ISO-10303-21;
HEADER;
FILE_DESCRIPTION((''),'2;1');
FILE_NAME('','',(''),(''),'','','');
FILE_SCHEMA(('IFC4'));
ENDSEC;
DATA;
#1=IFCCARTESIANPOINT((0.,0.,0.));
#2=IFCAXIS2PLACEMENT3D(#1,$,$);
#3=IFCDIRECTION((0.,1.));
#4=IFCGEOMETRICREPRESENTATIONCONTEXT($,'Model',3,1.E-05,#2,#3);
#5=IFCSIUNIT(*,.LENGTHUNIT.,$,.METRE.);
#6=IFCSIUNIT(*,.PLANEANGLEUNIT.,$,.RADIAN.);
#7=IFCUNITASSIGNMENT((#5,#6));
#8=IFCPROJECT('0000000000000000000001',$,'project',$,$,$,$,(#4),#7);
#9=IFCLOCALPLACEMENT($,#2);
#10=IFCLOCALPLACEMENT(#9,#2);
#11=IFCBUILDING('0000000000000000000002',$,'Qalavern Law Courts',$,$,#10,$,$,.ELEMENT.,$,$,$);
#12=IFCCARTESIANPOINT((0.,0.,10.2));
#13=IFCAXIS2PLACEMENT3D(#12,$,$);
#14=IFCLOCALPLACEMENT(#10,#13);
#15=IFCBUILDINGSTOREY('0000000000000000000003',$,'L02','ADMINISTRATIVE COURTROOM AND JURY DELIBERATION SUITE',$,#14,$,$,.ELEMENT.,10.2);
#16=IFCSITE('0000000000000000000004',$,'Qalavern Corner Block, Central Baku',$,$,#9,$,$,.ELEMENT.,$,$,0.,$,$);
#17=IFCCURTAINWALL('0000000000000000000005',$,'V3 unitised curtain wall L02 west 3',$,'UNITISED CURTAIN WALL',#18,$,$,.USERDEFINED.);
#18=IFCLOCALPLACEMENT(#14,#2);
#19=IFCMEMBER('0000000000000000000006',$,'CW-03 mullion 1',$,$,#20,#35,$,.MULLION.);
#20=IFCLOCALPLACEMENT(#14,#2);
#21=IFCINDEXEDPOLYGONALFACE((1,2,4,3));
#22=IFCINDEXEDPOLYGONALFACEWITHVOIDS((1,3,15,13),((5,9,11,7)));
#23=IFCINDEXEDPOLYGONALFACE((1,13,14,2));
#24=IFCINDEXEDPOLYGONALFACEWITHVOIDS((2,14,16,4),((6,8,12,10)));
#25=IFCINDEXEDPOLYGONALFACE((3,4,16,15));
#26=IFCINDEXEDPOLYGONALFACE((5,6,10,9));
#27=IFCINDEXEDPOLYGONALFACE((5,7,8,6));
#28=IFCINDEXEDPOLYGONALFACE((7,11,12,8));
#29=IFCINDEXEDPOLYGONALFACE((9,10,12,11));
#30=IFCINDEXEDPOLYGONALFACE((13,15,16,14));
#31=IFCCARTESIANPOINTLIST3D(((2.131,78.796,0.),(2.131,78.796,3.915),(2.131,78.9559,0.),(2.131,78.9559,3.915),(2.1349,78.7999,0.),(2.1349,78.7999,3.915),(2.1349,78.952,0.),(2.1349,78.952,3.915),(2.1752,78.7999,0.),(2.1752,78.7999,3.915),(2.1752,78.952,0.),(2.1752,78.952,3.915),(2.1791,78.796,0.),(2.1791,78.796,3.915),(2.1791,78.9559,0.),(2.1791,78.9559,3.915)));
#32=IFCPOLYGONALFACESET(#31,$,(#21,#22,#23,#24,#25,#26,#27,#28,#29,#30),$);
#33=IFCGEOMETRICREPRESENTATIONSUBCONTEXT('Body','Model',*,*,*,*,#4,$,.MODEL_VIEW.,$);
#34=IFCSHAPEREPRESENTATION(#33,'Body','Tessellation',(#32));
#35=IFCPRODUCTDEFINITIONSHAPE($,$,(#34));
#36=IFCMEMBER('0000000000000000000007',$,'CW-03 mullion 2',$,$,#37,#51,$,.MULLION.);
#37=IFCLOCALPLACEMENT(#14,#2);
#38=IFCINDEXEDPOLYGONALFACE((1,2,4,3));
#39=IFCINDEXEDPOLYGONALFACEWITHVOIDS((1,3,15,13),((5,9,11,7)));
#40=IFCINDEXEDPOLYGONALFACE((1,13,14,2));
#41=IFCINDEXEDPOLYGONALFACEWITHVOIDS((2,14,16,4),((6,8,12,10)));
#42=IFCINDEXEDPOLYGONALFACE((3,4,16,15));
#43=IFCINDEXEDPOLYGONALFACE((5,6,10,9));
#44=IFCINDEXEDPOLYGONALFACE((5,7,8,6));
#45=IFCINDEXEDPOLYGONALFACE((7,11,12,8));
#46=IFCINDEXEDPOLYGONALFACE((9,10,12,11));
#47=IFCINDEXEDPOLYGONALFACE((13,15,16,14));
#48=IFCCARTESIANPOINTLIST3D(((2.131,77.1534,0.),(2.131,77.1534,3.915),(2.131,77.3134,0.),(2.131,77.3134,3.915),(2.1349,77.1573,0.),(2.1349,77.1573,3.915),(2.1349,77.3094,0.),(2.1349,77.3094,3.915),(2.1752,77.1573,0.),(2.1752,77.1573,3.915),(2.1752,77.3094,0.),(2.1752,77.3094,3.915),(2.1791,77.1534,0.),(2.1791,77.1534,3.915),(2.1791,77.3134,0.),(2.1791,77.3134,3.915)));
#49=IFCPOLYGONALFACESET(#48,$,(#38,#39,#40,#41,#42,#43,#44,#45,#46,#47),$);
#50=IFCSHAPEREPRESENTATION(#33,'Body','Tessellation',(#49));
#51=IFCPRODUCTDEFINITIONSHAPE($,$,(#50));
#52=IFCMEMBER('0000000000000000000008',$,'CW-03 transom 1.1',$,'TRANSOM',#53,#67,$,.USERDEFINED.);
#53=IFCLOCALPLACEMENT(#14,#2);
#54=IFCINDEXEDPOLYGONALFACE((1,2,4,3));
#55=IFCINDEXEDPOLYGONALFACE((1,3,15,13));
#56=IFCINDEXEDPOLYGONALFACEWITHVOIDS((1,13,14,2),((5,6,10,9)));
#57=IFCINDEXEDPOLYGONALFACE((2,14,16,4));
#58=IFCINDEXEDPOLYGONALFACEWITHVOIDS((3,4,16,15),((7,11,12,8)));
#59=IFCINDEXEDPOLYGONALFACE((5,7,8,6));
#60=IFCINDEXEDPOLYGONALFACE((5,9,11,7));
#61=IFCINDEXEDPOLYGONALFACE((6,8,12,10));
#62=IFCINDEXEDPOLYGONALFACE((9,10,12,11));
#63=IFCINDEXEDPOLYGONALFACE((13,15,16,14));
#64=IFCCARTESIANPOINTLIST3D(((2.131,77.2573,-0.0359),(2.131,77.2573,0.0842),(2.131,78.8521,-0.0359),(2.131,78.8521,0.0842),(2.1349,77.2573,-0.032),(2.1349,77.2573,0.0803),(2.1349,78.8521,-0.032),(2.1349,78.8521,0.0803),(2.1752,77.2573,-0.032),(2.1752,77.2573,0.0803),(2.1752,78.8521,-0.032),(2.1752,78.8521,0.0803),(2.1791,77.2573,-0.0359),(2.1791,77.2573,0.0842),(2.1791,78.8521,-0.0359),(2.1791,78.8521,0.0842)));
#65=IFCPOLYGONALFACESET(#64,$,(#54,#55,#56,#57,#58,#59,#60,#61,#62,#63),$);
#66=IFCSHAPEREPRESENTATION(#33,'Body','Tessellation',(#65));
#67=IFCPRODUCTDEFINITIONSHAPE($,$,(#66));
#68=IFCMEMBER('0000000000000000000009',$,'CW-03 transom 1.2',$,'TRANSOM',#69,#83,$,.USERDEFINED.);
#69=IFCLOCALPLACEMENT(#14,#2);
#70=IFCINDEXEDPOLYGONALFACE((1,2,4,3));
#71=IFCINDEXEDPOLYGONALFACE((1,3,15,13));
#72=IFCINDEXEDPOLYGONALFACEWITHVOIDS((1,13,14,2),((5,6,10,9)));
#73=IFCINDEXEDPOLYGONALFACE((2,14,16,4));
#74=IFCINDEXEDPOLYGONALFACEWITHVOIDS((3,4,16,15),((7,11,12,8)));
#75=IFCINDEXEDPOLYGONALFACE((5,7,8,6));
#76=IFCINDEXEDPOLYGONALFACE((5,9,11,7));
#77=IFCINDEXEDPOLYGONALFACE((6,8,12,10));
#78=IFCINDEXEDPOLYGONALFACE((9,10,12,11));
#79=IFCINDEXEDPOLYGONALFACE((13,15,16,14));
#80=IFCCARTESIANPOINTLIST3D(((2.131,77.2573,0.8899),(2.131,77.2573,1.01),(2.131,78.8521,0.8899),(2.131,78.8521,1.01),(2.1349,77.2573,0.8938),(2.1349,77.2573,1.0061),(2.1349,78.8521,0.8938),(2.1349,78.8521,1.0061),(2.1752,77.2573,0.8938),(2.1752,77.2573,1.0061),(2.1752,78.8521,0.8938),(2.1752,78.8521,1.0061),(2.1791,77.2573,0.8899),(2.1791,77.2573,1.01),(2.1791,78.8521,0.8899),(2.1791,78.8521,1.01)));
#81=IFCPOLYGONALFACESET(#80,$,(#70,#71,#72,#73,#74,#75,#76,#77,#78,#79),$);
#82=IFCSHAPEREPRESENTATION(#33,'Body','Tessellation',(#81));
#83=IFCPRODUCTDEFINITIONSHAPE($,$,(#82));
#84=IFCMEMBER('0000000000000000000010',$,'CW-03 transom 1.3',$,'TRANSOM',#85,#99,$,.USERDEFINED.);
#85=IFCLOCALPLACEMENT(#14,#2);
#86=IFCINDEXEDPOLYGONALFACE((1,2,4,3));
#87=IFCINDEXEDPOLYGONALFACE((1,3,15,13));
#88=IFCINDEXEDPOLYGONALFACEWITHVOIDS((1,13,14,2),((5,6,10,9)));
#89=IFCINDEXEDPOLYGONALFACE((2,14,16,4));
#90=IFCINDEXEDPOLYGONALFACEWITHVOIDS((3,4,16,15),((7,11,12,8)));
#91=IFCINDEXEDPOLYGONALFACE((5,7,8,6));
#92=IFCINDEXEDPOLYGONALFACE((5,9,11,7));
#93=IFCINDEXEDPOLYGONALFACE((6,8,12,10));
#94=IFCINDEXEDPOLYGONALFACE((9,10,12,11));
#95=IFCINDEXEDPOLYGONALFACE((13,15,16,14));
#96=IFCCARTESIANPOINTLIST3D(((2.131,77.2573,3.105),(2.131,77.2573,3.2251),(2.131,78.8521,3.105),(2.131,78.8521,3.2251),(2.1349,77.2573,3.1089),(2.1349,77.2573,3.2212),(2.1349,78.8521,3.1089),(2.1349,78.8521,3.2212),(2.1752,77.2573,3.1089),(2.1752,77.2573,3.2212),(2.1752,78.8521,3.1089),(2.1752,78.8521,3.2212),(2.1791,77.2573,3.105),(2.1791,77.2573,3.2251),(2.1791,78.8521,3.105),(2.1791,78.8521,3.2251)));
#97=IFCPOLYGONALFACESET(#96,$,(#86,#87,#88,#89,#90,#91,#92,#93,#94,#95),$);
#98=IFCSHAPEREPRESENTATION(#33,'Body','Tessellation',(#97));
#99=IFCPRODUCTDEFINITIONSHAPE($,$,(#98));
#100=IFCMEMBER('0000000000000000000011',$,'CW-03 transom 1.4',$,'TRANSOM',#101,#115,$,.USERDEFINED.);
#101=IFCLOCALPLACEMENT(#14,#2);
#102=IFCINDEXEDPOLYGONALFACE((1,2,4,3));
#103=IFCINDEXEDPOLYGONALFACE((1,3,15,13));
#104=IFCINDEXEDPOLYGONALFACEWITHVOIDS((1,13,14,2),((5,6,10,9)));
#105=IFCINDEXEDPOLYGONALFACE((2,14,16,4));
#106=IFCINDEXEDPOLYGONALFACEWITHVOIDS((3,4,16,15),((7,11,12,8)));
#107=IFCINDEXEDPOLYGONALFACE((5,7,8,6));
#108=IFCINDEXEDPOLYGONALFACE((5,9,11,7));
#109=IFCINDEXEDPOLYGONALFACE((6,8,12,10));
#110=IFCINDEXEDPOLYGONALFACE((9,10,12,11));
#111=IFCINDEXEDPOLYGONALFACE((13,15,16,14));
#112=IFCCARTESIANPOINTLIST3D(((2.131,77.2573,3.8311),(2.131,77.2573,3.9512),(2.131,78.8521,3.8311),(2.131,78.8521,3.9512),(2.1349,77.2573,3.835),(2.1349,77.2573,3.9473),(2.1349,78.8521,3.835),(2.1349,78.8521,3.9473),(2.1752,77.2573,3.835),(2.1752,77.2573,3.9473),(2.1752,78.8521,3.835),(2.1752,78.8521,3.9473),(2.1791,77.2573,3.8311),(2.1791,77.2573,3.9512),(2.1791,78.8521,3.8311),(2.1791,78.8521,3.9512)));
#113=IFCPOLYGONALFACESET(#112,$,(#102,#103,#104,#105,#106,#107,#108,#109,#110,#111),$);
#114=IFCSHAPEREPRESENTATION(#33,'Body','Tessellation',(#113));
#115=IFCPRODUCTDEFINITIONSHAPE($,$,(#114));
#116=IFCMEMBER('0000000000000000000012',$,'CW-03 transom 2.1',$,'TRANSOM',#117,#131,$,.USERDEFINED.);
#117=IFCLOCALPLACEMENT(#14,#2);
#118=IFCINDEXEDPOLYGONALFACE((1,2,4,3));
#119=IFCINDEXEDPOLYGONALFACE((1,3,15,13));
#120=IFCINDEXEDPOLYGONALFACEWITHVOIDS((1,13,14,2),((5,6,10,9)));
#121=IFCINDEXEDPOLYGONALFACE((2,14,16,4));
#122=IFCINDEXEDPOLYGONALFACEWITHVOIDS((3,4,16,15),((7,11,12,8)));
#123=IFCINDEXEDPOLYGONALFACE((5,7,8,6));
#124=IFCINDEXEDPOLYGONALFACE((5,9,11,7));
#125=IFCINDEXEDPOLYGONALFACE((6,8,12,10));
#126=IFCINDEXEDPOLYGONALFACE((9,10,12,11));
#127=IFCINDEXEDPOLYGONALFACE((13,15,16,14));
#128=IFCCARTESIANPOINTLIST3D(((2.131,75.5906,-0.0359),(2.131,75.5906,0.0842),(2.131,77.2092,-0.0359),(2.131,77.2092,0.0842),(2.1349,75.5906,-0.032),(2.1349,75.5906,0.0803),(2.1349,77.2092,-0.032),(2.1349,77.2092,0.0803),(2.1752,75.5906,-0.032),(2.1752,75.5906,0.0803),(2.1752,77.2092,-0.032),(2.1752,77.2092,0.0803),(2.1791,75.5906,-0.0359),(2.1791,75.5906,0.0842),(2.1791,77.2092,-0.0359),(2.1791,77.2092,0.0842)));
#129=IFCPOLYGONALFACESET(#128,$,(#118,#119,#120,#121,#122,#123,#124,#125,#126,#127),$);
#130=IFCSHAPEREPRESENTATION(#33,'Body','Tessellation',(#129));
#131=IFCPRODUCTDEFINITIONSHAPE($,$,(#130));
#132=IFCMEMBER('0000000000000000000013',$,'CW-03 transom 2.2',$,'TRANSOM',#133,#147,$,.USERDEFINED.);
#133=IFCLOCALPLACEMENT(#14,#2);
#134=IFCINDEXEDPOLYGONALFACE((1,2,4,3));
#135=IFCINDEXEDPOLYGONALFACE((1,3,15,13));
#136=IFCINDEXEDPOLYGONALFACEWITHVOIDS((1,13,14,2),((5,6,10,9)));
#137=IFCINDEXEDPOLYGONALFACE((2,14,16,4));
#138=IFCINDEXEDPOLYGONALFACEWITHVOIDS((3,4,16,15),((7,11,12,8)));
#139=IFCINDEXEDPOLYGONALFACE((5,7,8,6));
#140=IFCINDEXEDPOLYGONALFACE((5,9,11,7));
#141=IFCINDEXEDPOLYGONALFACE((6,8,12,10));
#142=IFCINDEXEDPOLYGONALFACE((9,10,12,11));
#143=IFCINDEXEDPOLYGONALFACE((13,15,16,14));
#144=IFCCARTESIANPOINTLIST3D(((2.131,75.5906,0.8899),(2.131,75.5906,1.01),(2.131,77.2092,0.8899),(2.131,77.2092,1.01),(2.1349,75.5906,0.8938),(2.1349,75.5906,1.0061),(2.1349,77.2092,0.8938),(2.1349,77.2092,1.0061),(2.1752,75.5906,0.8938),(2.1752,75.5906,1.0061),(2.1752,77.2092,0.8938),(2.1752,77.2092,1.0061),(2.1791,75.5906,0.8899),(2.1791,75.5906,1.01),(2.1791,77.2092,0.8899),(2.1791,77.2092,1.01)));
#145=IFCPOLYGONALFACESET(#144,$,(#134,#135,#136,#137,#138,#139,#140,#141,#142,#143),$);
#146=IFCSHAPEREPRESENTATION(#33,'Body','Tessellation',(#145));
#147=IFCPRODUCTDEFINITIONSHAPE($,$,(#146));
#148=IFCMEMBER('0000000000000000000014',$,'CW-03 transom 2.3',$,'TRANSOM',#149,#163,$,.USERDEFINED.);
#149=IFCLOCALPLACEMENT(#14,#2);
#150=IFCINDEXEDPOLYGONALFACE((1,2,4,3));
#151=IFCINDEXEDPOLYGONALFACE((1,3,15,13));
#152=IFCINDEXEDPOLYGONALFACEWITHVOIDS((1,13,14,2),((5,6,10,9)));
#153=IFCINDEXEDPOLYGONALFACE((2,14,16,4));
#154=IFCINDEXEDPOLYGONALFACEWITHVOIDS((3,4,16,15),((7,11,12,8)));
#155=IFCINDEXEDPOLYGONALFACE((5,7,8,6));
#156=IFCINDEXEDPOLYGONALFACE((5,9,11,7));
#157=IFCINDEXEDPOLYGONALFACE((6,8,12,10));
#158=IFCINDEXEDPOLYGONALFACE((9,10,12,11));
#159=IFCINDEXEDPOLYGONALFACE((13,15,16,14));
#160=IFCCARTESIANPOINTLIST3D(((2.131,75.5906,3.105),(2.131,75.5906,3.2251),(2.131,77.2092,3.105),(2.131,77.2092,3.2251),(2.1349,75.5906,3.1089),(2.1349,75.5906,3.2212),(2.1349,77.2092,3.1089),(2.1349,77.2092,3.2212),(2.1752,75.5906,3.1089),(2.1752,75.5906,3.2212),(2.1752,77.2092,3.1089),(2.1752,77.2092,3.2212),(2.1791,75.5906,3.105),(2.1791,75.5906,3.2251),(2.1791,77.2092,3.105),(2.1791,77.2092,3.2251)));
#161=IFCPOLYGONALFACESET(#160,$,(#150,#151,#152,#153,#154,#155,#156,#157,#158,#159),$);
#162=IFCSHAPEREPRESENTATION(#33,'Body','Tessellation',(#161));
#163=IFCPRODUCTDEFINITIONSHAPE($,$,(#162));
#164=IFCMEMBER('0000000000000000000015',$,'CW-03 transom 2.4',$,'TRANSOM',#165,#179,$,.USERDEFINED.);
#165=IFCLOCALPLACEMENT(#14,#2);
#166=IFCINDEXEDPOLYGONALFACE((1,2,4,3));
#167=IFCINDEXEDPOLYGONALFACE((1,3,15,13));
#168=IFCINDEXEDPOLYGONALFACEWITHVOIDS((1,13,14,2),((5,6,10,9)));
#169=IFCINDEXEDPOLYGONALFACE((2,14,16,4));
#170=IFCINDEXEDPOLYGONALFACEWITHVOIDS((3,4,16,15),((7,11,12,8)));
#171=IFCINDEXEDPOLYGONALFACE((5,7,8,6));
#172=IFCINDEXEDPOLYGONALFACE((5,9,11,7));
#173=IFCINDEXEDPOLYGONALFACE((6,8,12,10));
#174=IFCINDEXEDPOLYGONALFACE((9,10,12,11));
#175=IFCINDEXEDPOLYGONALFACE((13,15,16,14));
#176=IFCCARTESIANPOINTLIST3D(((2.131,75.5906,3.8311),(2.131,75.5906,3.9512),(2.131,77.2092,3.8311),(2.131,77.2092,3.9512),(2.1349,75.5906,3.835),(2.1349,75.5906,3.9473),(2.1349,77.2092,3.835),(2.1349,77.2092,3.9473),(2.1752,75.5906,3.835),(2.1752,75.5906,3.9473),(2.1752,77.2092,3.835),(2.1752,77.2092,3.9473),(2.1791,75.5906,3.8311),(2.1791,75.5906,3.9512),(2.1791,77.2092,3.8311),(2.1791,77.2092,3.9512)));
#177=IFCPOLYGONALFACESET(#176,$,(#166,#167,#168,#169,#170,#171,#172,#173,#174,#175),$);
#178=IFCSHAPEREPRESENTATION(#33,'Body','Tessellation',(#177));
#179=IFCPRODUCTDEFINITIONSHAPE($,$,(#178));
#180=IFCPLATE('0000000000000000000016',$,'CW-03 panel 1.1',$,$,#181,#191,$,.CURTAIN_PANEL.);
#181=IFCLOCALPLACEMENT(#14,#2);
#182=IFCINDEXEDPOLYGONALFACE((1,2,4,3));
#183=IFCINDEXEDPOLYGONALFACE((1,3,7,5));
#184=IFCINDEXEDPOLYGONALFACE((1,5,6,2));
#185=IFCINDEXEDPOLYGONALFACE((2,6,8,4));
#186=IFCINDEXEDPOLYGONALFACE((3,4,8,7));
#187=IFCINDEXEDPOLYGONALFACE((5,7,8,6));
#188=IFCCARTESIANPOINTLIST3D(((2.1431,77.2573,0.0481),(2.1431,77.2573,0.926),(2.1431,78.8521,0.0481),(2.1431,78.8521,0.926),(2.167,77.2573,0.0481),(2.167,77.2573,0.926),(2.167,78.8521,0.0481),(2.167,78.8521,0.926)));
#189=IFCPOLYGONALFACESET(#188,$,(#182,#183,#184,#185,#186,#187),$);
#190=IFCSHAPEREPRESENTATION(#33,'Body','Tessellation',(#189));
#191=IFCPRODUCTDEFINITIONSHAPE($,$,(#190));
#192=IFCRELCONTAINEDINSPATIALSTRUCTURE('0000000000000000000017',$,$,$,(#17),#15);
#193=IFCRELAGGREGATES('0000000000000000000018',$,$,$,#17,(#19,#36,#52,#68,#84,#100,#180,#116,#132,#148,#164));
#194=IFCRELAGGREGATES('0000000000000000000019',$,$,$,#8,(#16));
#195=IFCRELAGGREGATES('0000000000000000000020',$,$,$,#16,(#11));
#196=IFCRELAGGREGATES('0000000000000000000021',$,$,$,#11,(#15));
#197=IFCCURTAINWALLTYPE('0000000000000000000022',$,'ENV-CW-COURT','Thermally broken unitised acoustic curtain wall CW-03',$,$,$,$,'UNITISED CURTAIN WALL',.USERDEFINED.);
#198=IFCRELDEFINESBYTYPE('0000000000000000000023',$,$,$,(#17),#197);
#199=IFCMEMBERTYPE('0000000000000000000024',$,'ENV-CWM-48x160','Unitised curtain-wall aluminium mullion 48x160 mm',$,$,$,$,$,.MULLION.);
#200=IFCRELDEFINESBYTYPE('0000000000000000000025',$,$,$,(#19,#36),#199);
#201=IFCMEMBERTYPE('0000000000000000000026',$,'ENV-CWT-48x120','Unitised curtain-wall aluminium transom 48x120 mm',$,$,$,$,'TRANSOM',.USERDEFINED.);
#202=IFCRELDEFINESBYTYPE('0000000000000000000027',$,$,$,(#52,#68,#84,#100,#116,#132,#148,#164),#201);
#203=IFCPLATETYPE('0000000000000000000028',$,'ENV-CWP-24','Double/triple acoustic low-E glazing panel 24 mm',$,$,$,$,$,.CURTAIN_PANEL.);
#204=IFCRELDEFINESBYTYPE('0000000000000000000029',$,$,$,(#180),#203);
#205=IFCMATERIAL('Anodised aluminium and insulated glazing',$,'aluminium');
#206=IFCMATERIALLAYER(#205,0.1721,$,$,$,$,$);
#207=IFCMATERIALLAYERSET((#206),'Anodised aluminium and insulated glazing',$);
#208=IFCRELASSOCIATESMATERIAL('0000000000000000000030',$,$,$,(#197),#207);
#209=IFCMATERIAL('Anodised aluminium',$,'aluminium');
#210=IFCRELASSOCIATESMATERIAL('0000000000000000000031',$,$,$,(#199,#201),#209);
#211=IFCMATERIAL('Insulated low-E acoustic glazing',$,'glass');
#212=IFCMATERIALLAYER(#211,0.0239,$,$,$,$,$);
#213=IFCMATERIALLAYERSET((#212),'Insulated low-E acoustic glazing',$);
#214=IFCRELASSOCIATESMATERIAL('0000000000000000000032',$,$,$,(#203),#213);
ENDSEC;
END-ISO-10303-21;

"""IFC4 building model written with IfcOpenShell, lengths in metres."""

from ifc_helpers import new_model, si_unit, direction, frame, origin, origin_2d, place, context, subcontext, project, spatial, rectangle, hollow_rectangle, extrude, material, layer, layer_set, material_profile, profile_set, type_object, element, aggregate, save


model = new_model("IFC4")

# Units and contexts
model_context = context("Model", 3, precision=1e-05, world=origin(), true_north=direction((0.0, 1.0)))
body_context = subcontext(model_context, "Body", "Model", "MODEL_VIEW")
ifc_project = project(units=[si_unit("LENGTHUNIT", "METRE"), si_unit("PLANEANGLEUNIT", "RADIAN")], contexts=[model_context])

# Site, building, storey
site_placement = place(None, origin())
site = spatial("IfcSite", under=ifc_project, at=site_placement, Name="Qalavern Corner Block, Central Baku", CompositionType="ELEMENT", RefElevation=0.0)
building_placement = place(site_placement, origin())
building = spatial("IfcBuilding", under=site, at=building_placement, Name="Qalavern Law Courts", CompositionType="ELEMENT")
storey_placement = place(building_placement, frame((0.0, 0.0, 10.2)))
storey = spatial("IfcBuildingStorey", under=building, at=storey_placement, Name="L02", Description="ADMINISTRATIVE COURTROOM AND JURY DELIBERATION SUITE", CompositionType="ELEMENT", Elevation=10.2)

# Curtain wall, members, plate
ifc_material_1 = material(Name="Anodised aluminium and insulated glazing", Category="aluminium")
ifc_layer_1 = layer(ifc_material_1, 0.1721)
ifc_layer_set_1 = layer_set([ifc_layer_1], Name="Anodised aluminium and insulated glazing")
curtain_wall_type = type_object("IfcCurtainWallType", Name="ENV-CW-COURT", Description="Thermally broken unitised acoustic curtain wall CW-03", ElementType="UNITISED CURTAIN WALL", PredefinedType="USERDEFINED", material=ifc_layer_set_1)
curtain_wall_placement = place(storey_placement, origin())
curtain_wall = element("IfcCurtainWall", 1, at=curtain_wall_placement, inside=storey, type_object=curtain_wall_type, Name="V3 unitised curtain wall L02 west 3", ObjectType="UNITISED CURTAIN WALL", PredefinedType="USERDEFINED")
ifc_material_2 = material(Name="Anodised aluminium", Category="aluminium")
ifc_material_profile_1 = material_profile(ifc_material_2, hollow_rectangle(XDim=0.0481, YDim=0.1599, WallThickness=0.0039, at=origin_2d()), Name="ALU MULLION 48x160")
ifc_profile_set_1 = profile_set([ifc_material_profile_1], Name="Anodised aluminium")
member_type_1 = type_object("IfcMemberType", Name="ENV-CWM-48x160", Description="Unitised curtain-wall aluminium mullion 48x160 mm", PredefinedType="MULLION", material=ifc_profile_set_1)
member_1_placement = place(storey_placement, frame((2.155, 78.876, 0.0), z_axis=(0.0, 0.0, 1.0), x_axis=(1.0, 0.0, 0.0)))
member_1 = element("IfcMember", 2, at=member_1_placement, type_object=member_type_1, Name="CW-03 mullion 1", PredefinedType="MULLION", context=body_context, shape_type="SweptSolid", body=[
    extrude(hollow_rectangle(XDim=0.0481, YDim=0.1599, WallThickness=0.0039, at=origin_2d()), origin(), (0.0, 0.0, 1.0), 3.915),
])
member_2_placement = place(storey_placement, frame((2.155, 77.2334, 0.0), z_axis=(0.0, 0.0, 1.0), x_axis=(1.0, 0.0, 0.0)))
member_2 = element("IfcMember", 3, at=member_2_placement, type_object=member_type_1, Name="CW-03 mullion 2", PredefinedType="MULLION", context=body_context, shape_type="SweptSolid", body=[
    extrude(hollow_rectangle(XDim=0.0481, YDim=0.1599, WallThickness=0.0039, at=origin_2d()), origin(), (0.0, 0.0, 1.0), 3.915),
])
ifc_material_profile_2 = material_profile(ifc_material_2, hollow_rectangle(XDim=0.0481, YDim=0.1201, WallThickness=0.0039, at=origin_2d()), Name="ALU TRANSOM 48x120")
ifc_profile_set_2 = profile_set([ifc_material_profile_2], Name="Anodised aluminium")
member_type_2 = type_object("IfcMemberType", Name="ENV-CWT-48x120", Description="Unitised curtain-wall aluminium transom 48x120 mm", ElementType="TRANSOM", PredefinedType="USERDEFINED", material=ifc_profile_set_2)
member_3_placement = place(storey_placement, frame((2.155, 78.8521, 0.0242), z_axis=(0.0, -1.0, 0.0), x_axis=(1.0, 0.0, 0.0)))
member_3 = element("IfcMember", 4, at=member_3_placement, type_object=member_type_2, Name="CW-03 transom 1.1", ObjectType="TRANSOM", PredefinedType="USERDEFINED", context=body_context, shape_type="SweptSolid", body=[
    extrude(hollow_rectangle(XDim=0.0481, YDim=0.1201, WallThickness=0.0039, at=origin_2d()), origin(), (0.0, 0.0, 1.0), 1.5947),
])
member_4_placement = place(storey_placement, frame((2.155, 78.8521, 0.95), z_axis=(0.0, -1.0, 0.0), x_axis=(1.0, 0.0, 0.0)))
member_4 = element("IfcMember", 5, at=member_4_placement, type_object=member_type_2, Name="CW-03 transom 1.2", ObjectType="TRANSOM", PredefinedType="USERDEFINED", context=body_context, shape_type="SweptSolid", body=[
    extrude(hollow_rectangle(XDim=0.0481, YDim=0.1201, WallThickness=0.0039, at=origin_2d()), origin(), (0.0, 0.0, 1.0), 1.5947),
])
member_5_placement = place(storey_placement, frame((2.155, 78.8521, 3.165), z_axis=(0.0, -1.0, 0.0), x_axis=(1.0, 0.0, 0.0)))
member_5 = element("IfcMember", 6, at=member_5_placement, type_object=member_type_2, Name="CW-03 transom 1.3", ObjectType="TRANSOM", PredefinedType="USERDEFINED", context=body_context, shape_type="SweptSolid", body=[
    extrude(hollow_rectangle(XDim=0.0481, YDim=0.1201, WallThickness=0.0039, at=origin_2d()), origin(), (0.0, 0.0, 1.0), 1.5947),
])
member_6_placement = place(storey_placement, frame((2.155, 78.8521, 3.8911), z_axis=(0.0, -1.0, 0.0), x_axis=(1.0, 0.0, 0.0)))
member_6 = element("IfcMember", 7, at=member_6_placement, type_object=member_type_2, Name="CW-03 transom 1.4", ObjectType="TRANSOM", PredefinedType="USERDEFINED", context=body_context, shape_type="SweptSolid", body=[
    extrude(hollow_rectangle(XDim=0.0481, YDim=0.1201, WallThickness=0.0039, at=origin_2d()), origin(), (0.0, 0.0, 1.0), 1.5947),
])
member_7_placement = place(storey_placement, frame((2.155, 77.2092, 0.0242), z_axis=(0.0, -1.0, 0.0), x_axis=(1.0, 0.0, 0.0)))
member_7 = element("IfcMember", 8, at=member_7_placement, type_object=member_type_2, Name="CW-03 transom 2.1", ObjectType="TRANSOM", PredefinedType="USERDEFINED", context=body_context, shape_type="SweptSolid", body=[
    extrude(hollow_rectangle(XDim=0.0481, YDim=0.1201, WallThickness=0.0039, at=origin_2d()), origin(), (0.0, 0.0, 1.0), 1.6187),
])
member_8_placement = place(storey_placement, frame((2.155, 77.2092, 0.95), z_axis=(0.0, -1.0, 0.0), x_axis=(1.0, 0.0, 0.0)))
member_8 = element("IfcMember", 9, at=member_8_placement, type_object=member_type_2, Name="CW-03 transom 2.2", ObjectType="TRANSOM", PredefinedType="USERDEFINED", context=body_context, shape_type="SweptSolid", body=[
    extrude(hollow_rectangle(XDim=0.0481, YDim=0.1201, WallThickness=0.0039, at=origin_2d()), origin(), (0.0, 0.0, 1.0), 1.6187),
])
member_9_placement = place(storey_placement, frame((2.155, 77.2092, 3.165), z_axis=(0.0, -1.0, 0.0), x_axis=(1.0, 0.0, 0.0)))
member_9 = element("IfcMember", 10, at=member_9_placement, type_object=member_type_2, Name="CW-03 transom 2.3", ObjectType="TRANSOM", PredefinedType="USERDEFINED", context=body_context, shape_type="SweptSolid", body=[
    extrude(hollow_rectangle(XDim=0.0481, YDim=0.1201, WallThickness=0.0039, at=origin_2d()), origin(), (0.0, 0.0, 1.0), 1.6187),
])
member_10_placement = place(storey_placement, frame((2.155, 77.2092, 3.8911), z_axis=(0.0, -1.0, 0.0), x_axis=(1.0, 0.0, 0.0)))
member_10 = element("IfcMember", 11, at=member_10_placement, type_object=member_type_2, Name="CW-03 transom 2.4", ObjectType="TRANSOM", PredefinedType="USERDEFINED", context=body_context, shape_type="SweptSolid", body=[
    extrude(hollow_rectangle(XDim=0.0481, YDim=0.1201, WallThickness=0.0039, at=origin_2d()), origin(), (0.0, 0.0, 1.0), 1.6187),
])
ifc_material_3 = material(Name="Insulated low-E acoustic glazing", Category="glass")
ifc_layer_2 = layer(ifc_material_3, 0.0239)
ifc_layer_set_2 = layer_set([ifc_layer_2], Name="Insulated low-E acoustic glazing")
plate_type = type_object("IfcPlateType", Name="ENV-CWP-24", Description="Double/triple acoustic low-E glazing panel 24 mm", PredefinedType="CURTAIN_PANEL", material=ifc_layer_set_2)
plate_1_placement = place(storey_placement, frame((2.155, 78.0547, 0.0481), z_axis=(0.0, 0.0, 1.0), x_axis=(0.0, -1.0, 0.0)))
plate_1 = element("IfcPlate", 12, at=plate_1_placement, type_object=plate_type, Name="CW-03 panel 1.1", PredefinedType="CURTAIN_PANEL", context=body_context, shape_type="SweptSolid", body=[
    extrude(rectangle(XDim=1.5947, YDim=0.0239, at=origin_2d()), origin(), (0.0, 0.0, 1.0), 0.8779),
])
aggregate(curtain_wall, [member_1, member_2, member_3, member_4, member_5, member_6, plate_1, member_7, member_8, member_9, member_10])

save(model, "model.ifc")
